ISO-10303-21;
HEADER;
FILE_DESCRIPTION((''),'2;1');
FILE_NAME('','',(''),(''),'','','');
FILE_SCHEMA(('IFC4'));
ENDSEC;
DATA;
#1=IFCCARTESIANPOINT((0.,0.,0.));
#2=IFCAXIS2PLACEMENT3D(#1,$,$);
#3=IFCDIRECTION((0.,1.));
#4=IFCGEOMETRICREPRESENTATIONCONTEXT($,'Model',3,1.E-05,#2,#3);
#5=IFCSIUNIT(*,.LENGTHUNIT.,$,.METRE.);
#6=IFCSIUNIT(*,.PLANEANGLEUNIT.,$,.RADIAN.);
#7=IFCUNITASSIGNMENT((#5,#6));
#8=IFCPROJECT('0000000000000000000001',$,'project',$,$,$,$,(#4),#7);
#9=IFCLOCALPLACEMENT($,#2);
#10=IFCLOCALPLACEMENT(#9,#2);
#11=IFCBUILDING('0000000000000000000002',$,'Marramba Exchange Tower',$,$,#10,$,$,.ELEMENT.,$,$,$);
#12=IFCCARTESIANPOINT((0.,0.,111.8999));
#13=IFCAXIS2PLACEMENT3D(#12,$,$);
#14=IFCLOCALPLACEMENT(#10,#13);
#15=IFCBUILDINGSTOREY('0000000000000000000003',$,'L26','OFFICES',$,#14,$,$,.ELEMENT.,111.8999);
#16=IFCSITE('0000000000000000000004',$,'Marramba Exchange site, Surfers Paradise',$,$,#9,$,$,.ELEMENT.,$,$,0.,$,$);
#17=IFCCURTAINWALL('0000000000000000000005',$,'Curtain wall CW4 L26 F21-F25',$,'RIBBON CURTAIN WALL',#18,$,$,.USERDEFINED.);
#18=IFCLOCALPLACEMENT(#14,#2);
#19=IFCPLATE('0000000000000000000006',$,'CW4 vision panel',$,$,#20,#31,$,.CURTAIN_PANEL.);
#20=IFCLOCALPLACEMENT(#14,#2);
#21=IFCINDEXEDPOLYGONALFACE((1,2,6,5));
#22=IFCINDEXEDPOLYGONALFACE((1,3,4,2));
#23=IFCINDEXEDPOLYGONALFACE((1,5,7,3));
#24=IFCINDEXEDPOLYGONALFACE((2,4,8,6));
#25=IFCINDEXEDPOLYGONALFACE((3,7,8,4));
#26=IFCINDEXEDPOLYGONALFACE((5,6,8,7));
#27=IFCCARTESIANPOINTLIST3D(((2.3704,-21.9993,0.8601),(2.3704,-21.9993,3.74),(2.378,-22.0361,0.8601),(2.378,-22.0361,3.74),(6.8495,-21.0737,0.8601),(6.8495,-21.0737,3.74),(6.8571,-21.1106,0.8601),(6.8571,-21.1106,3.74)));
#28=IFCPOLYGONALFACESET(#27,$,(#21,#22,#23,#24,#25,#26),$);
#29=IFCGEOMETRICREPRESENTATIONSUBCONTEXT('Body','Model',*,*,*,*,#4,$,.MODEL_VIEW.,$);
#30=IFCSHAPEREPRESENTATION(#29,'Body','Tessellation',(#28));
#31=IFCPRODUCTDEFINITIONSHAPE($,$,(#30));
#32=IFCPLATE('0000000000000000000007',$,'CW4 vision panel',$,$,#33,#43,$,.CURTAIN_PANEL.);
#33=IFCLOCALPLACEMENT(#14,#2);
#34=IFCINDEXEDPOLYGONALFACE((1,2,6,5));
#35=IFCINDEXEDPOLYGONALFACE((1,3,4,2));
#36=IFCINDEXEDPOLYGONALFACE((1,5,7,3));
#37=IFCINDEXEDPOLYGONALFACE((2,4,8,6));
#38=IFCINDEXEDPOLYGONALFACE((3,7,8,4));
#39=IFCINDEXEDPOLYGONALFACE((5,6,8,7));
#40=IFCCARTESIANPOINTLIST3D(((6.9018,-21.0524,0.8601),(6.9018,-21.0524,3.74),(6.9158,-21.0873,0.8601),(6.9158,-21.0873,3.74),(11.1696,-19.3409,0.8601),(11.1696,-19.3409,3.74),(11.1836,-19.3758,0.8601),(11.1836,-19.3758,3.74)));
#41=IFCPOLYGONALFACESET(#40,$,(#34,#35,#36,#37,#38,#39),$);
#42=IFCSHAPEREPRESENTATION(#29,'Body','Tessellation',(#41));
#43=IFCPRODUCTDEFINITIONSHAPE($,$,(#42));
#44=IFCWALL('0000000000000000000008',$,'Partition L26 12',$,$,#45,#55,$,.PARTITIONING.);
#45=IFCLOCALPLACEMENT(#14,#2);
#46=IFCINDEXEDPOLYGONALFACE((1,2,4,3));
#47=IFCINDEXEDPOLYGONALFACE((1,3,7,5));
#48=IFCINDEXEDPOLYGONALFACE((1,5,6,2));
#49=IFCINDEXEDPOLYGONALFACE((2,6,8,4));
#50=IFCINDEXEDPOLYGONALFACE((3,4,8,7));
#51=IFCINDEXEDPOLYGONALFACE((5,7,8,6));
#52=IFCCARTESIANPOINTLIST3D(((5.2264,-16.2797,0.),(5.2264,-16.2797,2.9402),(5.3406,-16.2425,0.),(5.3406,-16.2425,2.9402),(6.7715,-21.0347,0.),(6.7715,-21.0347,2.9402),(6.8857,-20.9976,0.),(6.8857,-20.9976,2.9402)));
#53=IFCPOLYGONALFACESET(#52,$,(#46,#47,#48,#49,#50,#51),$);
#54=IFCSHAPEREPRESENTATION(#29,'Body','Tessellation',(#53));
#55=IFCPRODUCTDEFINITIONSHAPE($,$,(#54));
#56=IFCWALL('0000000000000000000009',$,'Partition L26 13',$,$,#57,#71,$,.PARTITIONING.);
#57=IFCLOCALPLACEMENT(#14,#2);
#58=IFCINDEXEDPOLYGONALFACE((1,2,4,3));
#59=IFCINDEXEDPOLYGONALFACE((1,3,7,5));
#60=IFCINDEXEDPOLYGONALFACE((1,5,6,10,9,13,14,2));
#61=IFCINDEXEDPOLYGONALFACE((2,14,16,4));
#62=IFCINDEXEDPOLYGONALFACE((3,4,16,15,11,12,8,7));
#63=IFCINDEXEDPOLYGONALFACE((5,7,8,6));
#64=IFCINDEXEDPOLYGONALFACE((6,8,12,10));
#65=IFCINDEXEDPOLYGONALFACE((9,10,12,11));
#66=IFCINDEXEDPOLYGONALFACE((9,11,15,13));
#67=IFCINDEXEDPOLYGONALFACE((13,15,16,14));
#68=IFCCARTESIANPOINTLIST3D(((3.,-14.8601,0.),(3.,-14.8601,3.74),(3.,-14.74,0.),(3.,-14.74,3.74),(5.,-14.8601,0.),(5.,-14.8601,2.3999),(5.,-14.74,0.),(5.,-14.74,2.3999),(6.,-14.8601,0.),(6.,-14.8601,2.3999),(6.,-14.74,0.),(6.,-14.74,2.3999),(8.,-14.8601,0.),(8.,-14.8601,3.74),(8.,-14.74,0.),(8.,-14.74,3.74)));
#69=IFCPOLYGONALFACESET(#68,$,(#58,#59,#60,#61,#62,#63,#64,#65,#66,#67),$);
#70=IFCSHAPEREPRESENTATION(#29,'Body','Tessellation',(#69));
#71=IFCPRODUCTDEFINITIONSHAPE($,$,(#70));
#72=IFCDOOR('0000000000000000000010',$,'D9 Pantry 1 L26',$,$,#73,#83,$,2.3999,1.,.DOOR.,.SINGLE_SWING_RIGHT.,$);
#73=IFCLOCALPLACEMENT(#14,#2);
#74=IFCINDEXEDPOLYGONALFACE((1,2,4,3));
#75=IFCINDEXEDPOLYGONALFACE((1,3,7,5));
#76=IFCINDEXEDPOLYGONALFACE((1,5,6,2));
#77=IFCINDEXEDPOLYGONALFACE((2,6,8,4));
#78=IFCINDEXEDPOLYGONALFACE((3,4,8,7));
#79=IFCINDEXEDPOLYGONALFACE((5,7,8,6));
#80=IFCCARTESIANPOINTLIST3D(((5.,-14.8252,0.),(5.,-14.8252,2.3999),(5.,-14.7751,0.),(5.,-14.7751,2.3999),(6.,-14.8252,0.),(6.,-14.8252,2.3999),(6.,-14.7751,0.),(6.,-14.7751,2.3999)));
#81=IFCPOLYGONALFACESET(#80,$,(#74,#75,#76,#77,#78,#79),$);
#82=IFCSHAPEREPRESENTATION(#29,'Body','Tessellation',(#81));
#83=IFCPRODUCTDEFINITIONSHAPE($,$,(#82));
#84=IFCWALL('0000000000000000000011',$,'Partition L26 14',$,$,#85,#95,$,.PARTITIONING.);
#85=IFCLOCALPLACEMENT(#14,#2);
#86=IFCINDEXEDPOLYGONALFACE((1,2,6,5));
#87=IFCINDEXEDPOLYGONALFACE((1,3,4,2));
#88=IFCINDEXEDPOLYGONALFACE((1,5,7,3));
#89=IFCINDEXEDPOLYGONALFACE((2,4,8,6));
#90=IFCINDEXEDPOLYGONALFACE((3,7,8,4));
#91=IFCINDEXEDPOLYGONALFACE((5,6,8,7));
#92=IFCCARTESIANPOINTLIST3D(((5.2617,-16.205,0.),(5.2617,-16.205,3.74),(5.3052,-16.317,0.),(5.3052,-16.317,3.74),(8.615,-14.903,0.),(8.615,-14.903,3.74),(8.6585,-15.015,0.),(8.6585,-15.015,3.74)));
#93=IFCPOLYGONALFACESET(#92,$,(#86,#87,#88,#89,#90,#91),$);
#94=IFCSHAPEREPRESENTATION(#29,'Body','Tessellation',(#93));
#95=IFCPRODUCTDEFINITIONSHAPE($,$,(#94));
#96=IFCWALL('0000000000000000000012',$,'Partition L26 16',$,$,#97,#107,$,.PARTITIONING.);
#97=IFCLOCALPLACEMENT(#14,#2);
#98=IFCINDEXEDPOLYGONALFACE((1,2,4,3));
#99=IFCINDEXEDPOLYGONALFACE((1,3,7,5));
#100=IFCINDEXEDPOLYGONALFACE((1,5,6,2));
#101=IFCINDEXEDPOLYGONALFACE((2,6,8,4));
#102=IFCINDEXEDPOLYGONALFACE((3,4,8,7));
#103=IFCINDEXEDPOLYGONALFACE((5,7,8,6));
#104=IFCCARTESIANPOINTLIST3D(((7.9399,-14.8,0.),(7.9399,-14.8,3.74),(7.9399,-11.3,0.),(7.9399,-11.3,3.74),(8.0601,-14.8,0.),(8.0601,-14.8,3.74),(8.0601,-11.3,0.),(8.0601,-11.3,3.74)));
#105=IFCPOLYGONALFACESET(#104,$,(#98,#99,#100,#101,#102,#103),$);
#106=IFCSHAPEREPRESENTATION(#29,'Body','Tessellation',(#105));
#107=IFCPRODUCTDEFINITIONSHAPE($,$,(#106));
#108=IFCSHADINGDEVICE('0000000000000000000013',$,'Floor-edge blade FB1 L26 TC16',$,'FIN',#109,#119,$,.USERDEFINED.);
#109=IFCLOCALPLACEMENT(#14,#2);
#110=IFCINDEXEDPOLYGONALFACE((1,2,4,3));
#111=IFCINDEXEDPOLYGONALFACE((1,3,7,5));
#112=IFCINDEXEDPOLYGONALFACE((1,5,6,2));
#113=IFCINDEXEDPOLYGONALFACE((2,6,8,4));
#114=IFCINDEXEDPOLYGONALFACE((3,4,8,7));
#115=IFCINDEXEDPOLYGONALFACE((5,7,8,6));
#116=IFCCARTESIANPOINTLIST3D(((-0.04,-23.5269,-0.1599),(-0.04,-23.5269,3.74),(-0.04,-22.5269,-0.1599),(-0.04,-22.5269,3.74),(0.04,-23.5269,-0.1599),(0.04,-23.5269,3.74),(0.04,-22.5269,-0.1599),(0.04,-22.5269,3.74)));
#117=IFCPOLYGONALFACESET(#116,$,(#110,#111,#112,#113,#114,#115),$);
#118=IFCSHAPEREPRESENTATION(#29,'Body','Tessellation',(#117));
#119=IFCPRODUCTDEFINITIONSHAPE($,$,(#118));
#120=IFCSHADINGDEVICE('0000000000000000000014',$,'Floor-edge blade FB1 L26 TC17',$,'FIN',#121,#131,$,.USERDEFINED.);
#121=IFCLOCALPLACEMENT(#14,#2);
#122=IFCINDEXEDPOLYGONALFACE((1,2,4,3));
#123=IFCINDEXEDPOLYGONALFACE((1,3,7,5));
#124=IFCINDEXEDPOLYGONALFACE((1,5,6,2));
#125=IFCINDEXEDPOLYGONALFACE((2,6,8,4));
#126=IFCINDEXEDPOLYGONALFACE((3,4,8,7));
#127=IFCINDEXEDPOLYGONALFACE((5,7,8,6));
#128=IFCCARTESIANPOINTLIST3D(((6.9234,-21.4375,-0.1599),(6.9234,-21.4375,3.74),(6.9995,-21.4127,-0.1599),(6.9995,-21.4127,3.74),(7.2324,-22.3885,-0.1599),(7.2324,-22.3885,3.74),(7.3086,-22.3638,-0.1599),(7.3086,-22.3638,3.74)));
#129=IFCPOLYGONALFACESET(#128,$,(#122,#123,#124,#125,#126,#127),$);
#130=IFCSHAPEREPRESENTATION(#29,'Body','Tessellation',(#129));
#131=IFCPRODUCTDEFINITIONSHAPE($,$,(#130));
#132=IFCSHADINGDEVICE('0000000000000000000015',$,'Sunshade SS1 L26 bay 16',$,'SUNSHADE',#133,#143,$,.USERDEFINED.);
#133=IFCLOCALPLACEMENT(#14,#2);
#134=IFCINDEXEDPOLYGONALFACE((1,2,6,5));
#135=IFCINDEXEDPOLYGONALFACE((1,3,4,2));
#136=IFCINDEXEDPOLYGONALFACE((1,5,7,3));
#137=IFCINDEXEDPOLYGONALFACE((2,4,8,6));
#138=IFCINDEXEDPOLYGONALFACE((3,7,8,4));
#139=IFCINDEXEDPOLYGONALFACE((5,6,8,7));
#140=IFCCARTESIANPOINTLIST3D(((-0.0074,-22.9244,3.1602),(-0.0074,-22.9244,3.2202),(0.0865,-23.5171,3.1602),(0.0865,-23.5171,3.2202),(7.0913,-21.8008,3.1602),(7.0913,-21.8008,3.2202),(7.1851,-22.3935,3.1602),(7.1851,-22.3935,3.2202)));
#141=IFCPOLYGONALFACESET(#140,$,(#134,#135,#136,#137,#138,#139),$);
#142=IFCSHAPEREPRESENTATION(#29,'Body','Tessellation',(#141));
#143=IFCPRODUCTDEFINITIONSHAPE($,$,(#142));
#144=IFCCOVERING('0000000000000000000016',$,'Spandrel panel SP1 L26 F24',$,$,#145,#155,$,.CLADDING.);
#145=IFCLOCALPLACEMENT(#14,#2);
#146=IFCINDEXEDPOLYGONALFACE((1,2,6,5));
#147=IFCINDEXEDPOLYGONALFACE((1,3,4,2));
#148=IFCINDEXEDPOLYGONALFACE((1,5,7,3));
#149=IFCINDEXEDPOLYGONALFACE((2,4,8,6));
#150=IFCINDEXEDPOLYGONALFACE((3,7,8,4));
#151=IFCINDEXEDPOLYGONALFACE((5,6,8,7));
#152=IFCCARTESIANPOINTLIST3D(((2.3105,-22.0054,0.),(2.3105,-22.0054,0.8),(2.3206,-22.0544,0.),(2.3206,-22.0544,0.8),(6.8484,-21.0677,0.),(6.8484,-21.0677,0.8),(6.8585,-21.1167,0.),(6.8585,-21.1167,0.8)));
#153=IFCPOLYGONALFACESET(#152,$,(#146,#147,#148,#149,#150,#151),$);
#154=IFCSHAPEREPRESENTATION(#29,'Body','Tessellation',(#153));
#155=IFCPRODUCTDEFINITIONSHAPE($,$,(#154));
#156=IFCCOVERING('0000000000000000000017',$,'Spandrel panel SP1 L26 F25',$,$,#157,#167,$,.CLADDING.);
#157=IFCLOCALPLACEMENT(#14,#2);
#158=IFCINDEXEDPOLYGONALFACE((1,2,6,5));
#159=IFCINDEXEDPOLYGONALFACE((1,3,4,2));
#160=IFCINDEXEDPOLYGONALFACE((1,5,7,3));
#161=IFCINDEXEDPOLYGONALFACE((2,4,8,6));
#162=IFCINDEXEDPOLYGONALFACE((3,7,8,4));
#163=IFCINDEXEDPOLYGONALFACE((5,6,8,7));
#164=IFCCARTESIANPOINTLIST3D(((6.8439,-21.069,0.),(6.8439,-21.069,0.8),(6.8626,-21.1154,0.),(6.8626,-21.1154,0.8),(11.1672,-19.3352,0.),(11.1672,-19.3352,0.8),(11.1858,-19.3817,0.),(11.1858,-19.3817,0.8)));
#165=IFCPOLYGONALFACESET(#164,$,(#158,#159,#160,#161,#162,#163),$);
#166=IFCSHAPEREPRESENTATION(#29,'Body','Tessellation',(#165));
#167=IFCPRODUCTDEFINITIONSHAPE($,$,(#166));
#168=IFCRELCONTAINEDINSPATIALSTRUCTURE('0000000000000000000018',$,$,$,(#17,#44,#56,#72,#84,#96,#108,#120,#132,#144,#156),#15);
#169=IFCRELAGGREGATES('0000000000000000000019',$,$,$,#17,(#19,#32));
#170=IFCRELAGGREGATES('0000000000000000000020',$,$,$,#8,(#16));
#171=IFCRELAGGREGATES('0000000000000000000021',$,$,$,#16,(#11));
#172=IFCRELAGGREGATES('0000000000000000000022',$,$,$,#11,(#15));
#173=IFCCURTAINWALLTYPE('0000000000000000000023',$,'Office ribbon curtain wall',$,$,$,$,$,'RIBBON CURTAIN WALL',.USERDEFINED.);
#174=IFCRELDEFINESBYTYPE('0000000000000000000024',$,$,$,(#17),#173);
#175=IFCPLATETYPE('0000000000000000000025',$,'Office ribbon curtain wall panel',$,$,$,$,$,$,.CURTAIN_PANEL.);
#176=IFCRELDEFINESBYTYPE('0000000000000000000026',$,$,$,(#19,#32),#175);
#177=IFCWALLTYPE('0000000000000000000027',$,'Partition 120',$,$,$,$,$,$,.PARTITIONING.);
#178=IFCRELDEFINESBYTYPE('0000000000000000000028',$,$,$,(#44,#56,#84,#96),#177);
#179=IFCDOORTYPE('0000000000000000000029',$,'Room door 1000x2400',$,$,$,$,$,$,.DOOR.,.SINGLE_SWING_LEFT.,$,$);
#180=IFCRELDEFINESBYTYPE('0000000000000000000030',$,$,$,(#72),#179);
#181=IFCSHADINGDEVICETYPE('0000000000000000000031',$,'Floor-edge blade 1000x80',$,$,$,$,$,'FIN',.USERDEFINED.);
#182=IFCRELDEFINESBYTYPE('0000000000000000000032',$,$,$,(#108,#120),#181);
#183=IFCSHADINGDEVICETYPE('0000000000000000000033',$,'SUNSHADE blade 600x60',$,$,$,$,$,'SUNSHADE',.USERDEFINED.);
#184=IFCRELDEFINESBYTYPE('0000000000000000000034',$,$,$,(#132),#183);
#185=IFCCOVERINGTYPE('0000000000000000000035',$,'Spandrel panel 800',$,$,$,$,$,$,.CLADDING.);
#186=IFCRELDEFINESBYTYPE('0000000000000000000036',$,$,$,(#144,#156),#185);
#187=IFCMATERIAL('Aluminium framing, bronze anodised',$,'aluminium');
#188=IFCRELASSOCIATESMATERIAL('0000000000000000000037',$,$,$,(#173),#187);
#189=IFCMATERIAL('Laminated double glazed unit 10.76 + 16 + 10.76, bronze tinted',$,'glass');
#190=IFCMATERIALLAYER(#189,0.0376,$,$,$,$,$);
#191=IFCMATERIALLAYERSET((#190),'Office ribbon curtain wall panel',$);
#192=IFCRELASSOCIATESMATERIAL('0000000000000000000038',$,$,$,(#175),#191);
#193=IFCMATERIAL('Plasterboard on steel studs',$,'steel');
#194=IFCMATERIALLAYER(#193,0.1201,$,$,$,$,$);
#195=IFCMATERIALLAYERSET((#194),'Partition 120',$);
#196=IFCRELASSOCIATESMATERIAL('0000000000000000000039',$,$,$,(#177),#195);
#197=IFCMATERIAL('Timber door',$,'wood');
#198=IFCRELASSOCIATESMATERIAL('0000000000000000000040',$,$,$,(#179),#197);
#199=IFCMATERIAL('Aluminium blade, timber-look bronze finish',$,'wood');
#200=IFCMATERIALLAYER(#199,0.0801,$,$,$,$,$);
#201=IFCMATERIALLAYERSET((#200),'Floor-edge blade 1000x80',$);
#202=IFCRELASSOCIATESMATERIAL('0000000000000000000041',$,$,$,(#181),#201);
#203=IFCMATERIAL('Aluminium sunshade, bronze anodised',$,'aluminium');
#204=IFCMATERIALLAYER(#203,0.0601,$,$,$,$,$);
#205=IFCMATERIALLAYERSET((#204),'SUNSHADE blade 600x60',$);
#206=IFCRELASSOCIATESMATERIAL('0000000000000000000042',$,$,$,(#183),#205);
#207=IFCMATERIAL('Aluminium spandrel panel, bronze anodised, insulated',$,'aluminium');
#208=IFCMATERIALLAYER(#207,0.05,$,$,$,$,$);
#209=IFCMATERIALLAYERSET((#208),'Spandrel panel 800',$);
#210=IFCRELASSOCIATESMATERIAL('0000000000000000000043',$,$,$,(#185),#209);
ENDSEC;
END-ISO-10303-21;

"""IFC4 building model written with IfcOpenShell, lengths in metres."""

from ifc_helpers import new_model, si_unit, direction, frame, frame_2d, origin, origin_2d, place, context, subcontext, project, spatial, rectangle, extrude, material, layer, layer_set, type_object, element, fill, aggregate, save


model = new_model("IFC4")

# Units and contexts
model_context = context("Model", 3, precision=1e-05, world=origin(), true_north=direction((0.0, 1.0)))
body_context = subcontext(model_context, "Body", "Model", "MODEL_VIEW")
ifc_project = project(units=[si_unit("LENGTHUNIT", "METRE"), si_unit("PLANEANGLEUNIT", "RADIAN")], contexts=[model_context])

# Site, building, storey
site_placement = place(None, origin())
site = spatial("IfcSite", under=ifc_project, at=site_placement, Name="Marramba Exchange site, Surfers Paradise", CompositionType="ELEMENT", RefElevation=0.0)
building_placement = place(site_placement, origin())
building = spatial("IfcBuilding", under=site, at=building_placement, Name="Marramba Exchange Tower", CompositionType="ELEMENT")
storey_placement = place(building_placement, frame((0.0, 0.0, 111.8999)))
storey = spatial("IfcBuildingStorey", under=building, at=storey_placement, Name="L26", Description="OFFICES", CompositionType="ELEMENT", Elevation=111.8999)

# Curtain wall
ifc_material_1 = material(Name="Aluminium framing, bronze anodised", Category="aluminium")
curtain_wall_type = type_object("IfcCurtainWallType", Name="Office ribbon curtain wall", ElementType="RIBBON CURTAIN WALL", PredefinedType="USERDEFINED", material=ifc_material_1)
curtain_wall_placement = place(storey_placement, origin())
curtain_wall = element("IfcCurtainWall", 1, at=curtain_wall_placement, inside=storey, type_object=curtain_wall_type, Name="Curtain wall CW4 L26 F21-F25", ObjectType="RIBBON CURTAIN WALL", PredefinedType="USERDEFINED")

# Plates
ifc_material_2 = material(Name="Laminated double glazed unit 10.76 + 16 + 10.76, bronze tinted", Category="glass")
ifc_layer_1 = layer(ifc_material_2, 0.0376)
ifc_layer_set_1 = layer_set([ifc_layer_1], Name="Office ribbon curtain wall panel")
plate_type = type_object("IfcPlateType", Name="Office ribbon curtain wall panel", PredefinedType="CURTAIN_PANEL", material=ifc_layer_set_1)
plate_1_placement = place(storey_placement, frame((4.6138, -21.5549, 0.8601), z_axis=(0.0, 0.0, 1.0), x_axis=(0.97931, 0.202365, 0.0)))
plate_1 = element("IfcPlate", 2, at=plate_1_placement, type_object=plate_type, Name="CW4 vision panel", PredefinedType="CURTAIN_PANEL", context=body_context, shape_type="SweptSolid", body=[
    extrude(rectangle(XDim=4.5737, YDim=0.0376, at=origin_2d()), origin(), (0.0, 0.0, 1.0), 2.8799),
])
plate_2_placement = place(storey_placement, frame((9.0427, -20.2141, 0.8601), z_axis=(0.0, 0.0, 1.0), x_axis=(0.928149, 0.372209, 0.0)))
plate_2 = element("IfcPlate", 3, at=plate_2_placement, type_object=plate_type, Name="CW4 vision panel", PredefinedType="CURTAIN_PANEL", context=body_context, shape_type="SweptSolid", body=[
    extrude(rectangle(XDim=4.5981, YDim=0.0376, at=origin_2d()), origin(), (0.0, 0.0, 1.0), 2.8799),
])
aggregate(curtain_wall, [plate_1, plate_2])

# Wall
ifc_material_3 = material(Name="Plasterboard on steel studs", Category="steel")
ifc_layer_2 = layer(ifc_material_3, 0.1201)
ifc_layer_set_2 = layer_set([ifc_layer_2], Name="Partition 120")
wall_type = type_object("IfcWallType", Name="Partition 120", PredefinedType="PARTITIONING", material=ifc_layer_set_2)
wall_1_placement = place(storey_placement, frame((5.2834, -16.261, 0.0), z_axis=(0.0, 0.0, 1.0), x_axis=(0.309041, -0.951049, 0.0)))
element("IfcWall", 4, at=wall_1_placement, inside=storey, type_object=wall_type, Name="Partition L26 12", PredefinedType="PARTITIONING", context=body_context, shape_type="SweptSolid", body=[
    extrude(rectangle(XDim=4.9998, YDim=0.1201, at=frame_2d((2.5, 0.0))), origin(), (0.0, 0.0, 1.0), 2.9402),
])

# Wall, opening, door
wall_2_placement = place(storey_placement, frame((3.0, -14.8, 0.0), z_axis=(0.0, 0.0, 1.0), x_axis=(1.0, 0.0, 0.0)))
wall_2 = element("IfcWall", 5, at=wall_2_placement, inside=storey, type_object=wall_type, Name="Partition L26 13", PredefinedType="PARTITIONING", context=body_context, shape_type="SweptSolid", body=[
    extrude(rectangle(XDim=5.0, YDim=0.1201, at=frame_2d((2.5, 0.0))), origin(), (0.0, 0.0, 1.0), 3.74),
])
opening_placement = place(wall_2_placement, frame((2.0, 0.0, 0.0)))
opening = element("IfcOpeningElement", 6, at=opening_placement, cuts=wall_2, PredefinedType="OPENING", context=body_context, shape_type="SweptSolid", body=[
    extrude(rectangle(XDim=1.0, YDim=2.3999, at=frame_2d((0.5, 1.2))), frame((0.0, 0.0701, 0.0), z_axis=(0.0, -1.0, 0.0), x_axis=(1.0, 0.0, 0.0)), (0.0, 0.0, 1.0), 0.1401),
])
ifc_material_4 = material(Name="Timber door", Category="wood")
door_type = type_object("IfcDoorType", Name="Room door 1000x2400", OperationType="SINGLE_SWING_LEFT", PredefinedType="DOOR", material=ifc_material_4)
door_placement = place(opening_placement, origin())
door = element("IfcDoor", 7, at=door_placement, inside=storey, type_object=door_type, Name="D9 Pantry 1 L26", OperationType="SINGLE_SWING_RIGHT", OverallHeight=2.3999, OverallWidth=1.0, PredefinedType="DOOR", context=body_context, shape_type="SweptSolid", body=[
    extrude(rectangle(XDim=1.0, YDim=2.3999, at=frame_2d((0.5, 1.2))), frame((0.0, 0.0249, 0.0), z_axis=(0.0, -1.0, 0.0), x_axis=(1.0, 0.0, 0.0)), (0.0, 0.0, 1.0), 0.05),
])
fill(opening, door)

# Walls
wall_3_placement = place(storey_placement, frame((8.6367, -14.959, 0.0), z_axis=(0.0, 0.0, 1.0), x_axis=(-0.932197, -0.361952, 0.0)))
element("IfcWall", 8, at=wall_3_placement, inside=storey, type_object=wall_type, Name="Partition L26 14", PredefinedType="PARTITIONING", context=body_context, shape_type="SweptSolid", body=[
    extrude(rectangle(XDim=3.5972, YDim=0.1201, at=frame_2d((1.7986, 0.0))), origin(), (0.0, 0.0, 1.0), 3.74),
])
wall_4_placement = place(storey_placement, frame((8.0, -14.8, 0.0), z_axis=(0.0, 0.0, 1.0), x_axis=(0.0, 1.0, 0.0)))
element("IfcWall", 9, at=wall_4_placement, inside=storey, type_object=wall_type, Name="Partition L26 16", PredefinedType="PARTITIONING", context=body_context, shape_type="SweptSolid", body=[
    extrude(rectangle(XDim=3.5, YDim=0.1201, at=frame_2d((1.75, 0.0))), origin(), (0.0, 0.0, 1.0), 3.74),
])

# Shading devices
ifc_material_5 = material(Name="Aluminium blade, timber-look bronze finish", Category="wood")
ifc_layer_3 = layer(ifc_material_5, 0.0801)
ifc_layer_set_3 = layer_set([ifc_layer_3], Name="Floor-edge blade 1000x80")
shading_device_type_1 = type_object("IfcShadingDeviceType", Name="Floor-edge blade 1000x80", ElementType="FIN", PredefinedType="USERDEFINED", material=ifc_layer_set_3)
for number, where, z_axis, x_axis, name in (
    (10, (0.0, -23.0269, -0.1599), (0.0, 0.0, 1.0), (0.0, -1.0, 0.0), "Floor-edge blade FB1 L26 TC16"),
    (11, (7.116, -21.9006, -0.1599), (0.0, 0.0, 1.0), (0.309017, -0.951057, 0.0), "Floor-edge blade FB1 L26 TC17"),
):
    element("IfcShadingDevice", number, at=place(storey_placement, frame(where, z_axis=z_axis, x_axis=x_axis)), inside=storey, type_object=shading_device_type_1, Name=name, ObjectType="FIN", PredefinedType="USERDEFINED", context=body_context, shape_type="SweptSolid", body=[
        extrude(rectangle(XDim=1.0, YDim=0.0801, at=origin_2d()), origin(), (0.0, 0.0, 1.0), 3.8999),
    ])
ifc_material_6 = material(Name="Aluminium sunshade, bronze anodised", Category="aluminium")
ifc_layer_4 = layer(ifc_material_6, 0.0601)
ifc_layer_set_4 = layer_set([ifc_layer_4], Name="SUNSHADE blade 600x60")
shading_device_type_2 = type_object("IfcShadingDeviceType", Name="SUNSHADE blade 600x60", ElementType="SUNSHADE", PredefinedType="USERDEFINED", material=ifc_layer_set_4)
shading_device_placement = place(storey_placement, frame((3.5889, -22.6589, 3.1602), z_axis=(0.0, 0.0, 1.0), x_axis=(0.987705, 0.15633, 0.0)))
element("IfcShadingDevice", 12, at=shading_device_placement, inside=storey, type_object=shading_device_type_2, Name="Sunshade SS1 L26 bay 16", ObjectType="SUNSHADE", PredefinedType="USERDEFINED", context=body_context, shape_type="SweptSolid", body=[
    extrude(rectangle(XDim=7.187, YDim=0.6001, at=origin_2d()), origin(), (0.0, 0.0, 1.0), 0.0601),
])

# Coverings
ifc_material_7 = material(Name="Aluminium spandrel panel, bronze anodised, insulated", Category="aluminium")
ifc_layer_5 = layer(ifc_material_7, 0.05)
ifc_layer_set_5 = layer_set([ifc_layer_5], Name="Spandrel panel 800")
covering_type = type_object("IfcCoveringType", Name="Spandrel panel 800", PredefinedType="CLADDING", material=ifc_layer_set_5)
covering_1_placement = place(storey_placement, frame((4.5845, -21.561, 0.0), z_axis=(0.0, 0.0, 1.0), x_axis=(0.97931, 0.202365, 0.0)))
element("IfcCovering", 13, at=covering_1_placement, inside=storey, type_object=covering_type, Name="Spandrel panel SP1 L26 F24", PredefinedType="CLADDING", context=body_context, shape_type="SweptSolid", body=[
    extrude(rectangle(XDim=4.6338, YDim=0.05, at=origin_2d()), origin(), (0.0, 0.0, 1.0), 0.8),
])
covering_2_placement = place(storey_placement, frame((9.0149, -20.2253, 0.0), z_axis=(0.0, 0.0, 1.0), x_axis=(0.928149, 0.372209, 0.0)))
element("IfcCovering", 14, at=covering_2_placement, inside=storey, type_object=covering_type, Name="Spandrel panel SP1 L26 F25", PredefinedType="CLADDING", context=body_context, shape_type="SweptSolid", body=[
    extrude(rectangle(XDim=4.658, YDim=0.05, at=origin_2d()), origin(), (0.0, 0.0, 1.0), 0.8),
])

save(model, "model.ifc")
